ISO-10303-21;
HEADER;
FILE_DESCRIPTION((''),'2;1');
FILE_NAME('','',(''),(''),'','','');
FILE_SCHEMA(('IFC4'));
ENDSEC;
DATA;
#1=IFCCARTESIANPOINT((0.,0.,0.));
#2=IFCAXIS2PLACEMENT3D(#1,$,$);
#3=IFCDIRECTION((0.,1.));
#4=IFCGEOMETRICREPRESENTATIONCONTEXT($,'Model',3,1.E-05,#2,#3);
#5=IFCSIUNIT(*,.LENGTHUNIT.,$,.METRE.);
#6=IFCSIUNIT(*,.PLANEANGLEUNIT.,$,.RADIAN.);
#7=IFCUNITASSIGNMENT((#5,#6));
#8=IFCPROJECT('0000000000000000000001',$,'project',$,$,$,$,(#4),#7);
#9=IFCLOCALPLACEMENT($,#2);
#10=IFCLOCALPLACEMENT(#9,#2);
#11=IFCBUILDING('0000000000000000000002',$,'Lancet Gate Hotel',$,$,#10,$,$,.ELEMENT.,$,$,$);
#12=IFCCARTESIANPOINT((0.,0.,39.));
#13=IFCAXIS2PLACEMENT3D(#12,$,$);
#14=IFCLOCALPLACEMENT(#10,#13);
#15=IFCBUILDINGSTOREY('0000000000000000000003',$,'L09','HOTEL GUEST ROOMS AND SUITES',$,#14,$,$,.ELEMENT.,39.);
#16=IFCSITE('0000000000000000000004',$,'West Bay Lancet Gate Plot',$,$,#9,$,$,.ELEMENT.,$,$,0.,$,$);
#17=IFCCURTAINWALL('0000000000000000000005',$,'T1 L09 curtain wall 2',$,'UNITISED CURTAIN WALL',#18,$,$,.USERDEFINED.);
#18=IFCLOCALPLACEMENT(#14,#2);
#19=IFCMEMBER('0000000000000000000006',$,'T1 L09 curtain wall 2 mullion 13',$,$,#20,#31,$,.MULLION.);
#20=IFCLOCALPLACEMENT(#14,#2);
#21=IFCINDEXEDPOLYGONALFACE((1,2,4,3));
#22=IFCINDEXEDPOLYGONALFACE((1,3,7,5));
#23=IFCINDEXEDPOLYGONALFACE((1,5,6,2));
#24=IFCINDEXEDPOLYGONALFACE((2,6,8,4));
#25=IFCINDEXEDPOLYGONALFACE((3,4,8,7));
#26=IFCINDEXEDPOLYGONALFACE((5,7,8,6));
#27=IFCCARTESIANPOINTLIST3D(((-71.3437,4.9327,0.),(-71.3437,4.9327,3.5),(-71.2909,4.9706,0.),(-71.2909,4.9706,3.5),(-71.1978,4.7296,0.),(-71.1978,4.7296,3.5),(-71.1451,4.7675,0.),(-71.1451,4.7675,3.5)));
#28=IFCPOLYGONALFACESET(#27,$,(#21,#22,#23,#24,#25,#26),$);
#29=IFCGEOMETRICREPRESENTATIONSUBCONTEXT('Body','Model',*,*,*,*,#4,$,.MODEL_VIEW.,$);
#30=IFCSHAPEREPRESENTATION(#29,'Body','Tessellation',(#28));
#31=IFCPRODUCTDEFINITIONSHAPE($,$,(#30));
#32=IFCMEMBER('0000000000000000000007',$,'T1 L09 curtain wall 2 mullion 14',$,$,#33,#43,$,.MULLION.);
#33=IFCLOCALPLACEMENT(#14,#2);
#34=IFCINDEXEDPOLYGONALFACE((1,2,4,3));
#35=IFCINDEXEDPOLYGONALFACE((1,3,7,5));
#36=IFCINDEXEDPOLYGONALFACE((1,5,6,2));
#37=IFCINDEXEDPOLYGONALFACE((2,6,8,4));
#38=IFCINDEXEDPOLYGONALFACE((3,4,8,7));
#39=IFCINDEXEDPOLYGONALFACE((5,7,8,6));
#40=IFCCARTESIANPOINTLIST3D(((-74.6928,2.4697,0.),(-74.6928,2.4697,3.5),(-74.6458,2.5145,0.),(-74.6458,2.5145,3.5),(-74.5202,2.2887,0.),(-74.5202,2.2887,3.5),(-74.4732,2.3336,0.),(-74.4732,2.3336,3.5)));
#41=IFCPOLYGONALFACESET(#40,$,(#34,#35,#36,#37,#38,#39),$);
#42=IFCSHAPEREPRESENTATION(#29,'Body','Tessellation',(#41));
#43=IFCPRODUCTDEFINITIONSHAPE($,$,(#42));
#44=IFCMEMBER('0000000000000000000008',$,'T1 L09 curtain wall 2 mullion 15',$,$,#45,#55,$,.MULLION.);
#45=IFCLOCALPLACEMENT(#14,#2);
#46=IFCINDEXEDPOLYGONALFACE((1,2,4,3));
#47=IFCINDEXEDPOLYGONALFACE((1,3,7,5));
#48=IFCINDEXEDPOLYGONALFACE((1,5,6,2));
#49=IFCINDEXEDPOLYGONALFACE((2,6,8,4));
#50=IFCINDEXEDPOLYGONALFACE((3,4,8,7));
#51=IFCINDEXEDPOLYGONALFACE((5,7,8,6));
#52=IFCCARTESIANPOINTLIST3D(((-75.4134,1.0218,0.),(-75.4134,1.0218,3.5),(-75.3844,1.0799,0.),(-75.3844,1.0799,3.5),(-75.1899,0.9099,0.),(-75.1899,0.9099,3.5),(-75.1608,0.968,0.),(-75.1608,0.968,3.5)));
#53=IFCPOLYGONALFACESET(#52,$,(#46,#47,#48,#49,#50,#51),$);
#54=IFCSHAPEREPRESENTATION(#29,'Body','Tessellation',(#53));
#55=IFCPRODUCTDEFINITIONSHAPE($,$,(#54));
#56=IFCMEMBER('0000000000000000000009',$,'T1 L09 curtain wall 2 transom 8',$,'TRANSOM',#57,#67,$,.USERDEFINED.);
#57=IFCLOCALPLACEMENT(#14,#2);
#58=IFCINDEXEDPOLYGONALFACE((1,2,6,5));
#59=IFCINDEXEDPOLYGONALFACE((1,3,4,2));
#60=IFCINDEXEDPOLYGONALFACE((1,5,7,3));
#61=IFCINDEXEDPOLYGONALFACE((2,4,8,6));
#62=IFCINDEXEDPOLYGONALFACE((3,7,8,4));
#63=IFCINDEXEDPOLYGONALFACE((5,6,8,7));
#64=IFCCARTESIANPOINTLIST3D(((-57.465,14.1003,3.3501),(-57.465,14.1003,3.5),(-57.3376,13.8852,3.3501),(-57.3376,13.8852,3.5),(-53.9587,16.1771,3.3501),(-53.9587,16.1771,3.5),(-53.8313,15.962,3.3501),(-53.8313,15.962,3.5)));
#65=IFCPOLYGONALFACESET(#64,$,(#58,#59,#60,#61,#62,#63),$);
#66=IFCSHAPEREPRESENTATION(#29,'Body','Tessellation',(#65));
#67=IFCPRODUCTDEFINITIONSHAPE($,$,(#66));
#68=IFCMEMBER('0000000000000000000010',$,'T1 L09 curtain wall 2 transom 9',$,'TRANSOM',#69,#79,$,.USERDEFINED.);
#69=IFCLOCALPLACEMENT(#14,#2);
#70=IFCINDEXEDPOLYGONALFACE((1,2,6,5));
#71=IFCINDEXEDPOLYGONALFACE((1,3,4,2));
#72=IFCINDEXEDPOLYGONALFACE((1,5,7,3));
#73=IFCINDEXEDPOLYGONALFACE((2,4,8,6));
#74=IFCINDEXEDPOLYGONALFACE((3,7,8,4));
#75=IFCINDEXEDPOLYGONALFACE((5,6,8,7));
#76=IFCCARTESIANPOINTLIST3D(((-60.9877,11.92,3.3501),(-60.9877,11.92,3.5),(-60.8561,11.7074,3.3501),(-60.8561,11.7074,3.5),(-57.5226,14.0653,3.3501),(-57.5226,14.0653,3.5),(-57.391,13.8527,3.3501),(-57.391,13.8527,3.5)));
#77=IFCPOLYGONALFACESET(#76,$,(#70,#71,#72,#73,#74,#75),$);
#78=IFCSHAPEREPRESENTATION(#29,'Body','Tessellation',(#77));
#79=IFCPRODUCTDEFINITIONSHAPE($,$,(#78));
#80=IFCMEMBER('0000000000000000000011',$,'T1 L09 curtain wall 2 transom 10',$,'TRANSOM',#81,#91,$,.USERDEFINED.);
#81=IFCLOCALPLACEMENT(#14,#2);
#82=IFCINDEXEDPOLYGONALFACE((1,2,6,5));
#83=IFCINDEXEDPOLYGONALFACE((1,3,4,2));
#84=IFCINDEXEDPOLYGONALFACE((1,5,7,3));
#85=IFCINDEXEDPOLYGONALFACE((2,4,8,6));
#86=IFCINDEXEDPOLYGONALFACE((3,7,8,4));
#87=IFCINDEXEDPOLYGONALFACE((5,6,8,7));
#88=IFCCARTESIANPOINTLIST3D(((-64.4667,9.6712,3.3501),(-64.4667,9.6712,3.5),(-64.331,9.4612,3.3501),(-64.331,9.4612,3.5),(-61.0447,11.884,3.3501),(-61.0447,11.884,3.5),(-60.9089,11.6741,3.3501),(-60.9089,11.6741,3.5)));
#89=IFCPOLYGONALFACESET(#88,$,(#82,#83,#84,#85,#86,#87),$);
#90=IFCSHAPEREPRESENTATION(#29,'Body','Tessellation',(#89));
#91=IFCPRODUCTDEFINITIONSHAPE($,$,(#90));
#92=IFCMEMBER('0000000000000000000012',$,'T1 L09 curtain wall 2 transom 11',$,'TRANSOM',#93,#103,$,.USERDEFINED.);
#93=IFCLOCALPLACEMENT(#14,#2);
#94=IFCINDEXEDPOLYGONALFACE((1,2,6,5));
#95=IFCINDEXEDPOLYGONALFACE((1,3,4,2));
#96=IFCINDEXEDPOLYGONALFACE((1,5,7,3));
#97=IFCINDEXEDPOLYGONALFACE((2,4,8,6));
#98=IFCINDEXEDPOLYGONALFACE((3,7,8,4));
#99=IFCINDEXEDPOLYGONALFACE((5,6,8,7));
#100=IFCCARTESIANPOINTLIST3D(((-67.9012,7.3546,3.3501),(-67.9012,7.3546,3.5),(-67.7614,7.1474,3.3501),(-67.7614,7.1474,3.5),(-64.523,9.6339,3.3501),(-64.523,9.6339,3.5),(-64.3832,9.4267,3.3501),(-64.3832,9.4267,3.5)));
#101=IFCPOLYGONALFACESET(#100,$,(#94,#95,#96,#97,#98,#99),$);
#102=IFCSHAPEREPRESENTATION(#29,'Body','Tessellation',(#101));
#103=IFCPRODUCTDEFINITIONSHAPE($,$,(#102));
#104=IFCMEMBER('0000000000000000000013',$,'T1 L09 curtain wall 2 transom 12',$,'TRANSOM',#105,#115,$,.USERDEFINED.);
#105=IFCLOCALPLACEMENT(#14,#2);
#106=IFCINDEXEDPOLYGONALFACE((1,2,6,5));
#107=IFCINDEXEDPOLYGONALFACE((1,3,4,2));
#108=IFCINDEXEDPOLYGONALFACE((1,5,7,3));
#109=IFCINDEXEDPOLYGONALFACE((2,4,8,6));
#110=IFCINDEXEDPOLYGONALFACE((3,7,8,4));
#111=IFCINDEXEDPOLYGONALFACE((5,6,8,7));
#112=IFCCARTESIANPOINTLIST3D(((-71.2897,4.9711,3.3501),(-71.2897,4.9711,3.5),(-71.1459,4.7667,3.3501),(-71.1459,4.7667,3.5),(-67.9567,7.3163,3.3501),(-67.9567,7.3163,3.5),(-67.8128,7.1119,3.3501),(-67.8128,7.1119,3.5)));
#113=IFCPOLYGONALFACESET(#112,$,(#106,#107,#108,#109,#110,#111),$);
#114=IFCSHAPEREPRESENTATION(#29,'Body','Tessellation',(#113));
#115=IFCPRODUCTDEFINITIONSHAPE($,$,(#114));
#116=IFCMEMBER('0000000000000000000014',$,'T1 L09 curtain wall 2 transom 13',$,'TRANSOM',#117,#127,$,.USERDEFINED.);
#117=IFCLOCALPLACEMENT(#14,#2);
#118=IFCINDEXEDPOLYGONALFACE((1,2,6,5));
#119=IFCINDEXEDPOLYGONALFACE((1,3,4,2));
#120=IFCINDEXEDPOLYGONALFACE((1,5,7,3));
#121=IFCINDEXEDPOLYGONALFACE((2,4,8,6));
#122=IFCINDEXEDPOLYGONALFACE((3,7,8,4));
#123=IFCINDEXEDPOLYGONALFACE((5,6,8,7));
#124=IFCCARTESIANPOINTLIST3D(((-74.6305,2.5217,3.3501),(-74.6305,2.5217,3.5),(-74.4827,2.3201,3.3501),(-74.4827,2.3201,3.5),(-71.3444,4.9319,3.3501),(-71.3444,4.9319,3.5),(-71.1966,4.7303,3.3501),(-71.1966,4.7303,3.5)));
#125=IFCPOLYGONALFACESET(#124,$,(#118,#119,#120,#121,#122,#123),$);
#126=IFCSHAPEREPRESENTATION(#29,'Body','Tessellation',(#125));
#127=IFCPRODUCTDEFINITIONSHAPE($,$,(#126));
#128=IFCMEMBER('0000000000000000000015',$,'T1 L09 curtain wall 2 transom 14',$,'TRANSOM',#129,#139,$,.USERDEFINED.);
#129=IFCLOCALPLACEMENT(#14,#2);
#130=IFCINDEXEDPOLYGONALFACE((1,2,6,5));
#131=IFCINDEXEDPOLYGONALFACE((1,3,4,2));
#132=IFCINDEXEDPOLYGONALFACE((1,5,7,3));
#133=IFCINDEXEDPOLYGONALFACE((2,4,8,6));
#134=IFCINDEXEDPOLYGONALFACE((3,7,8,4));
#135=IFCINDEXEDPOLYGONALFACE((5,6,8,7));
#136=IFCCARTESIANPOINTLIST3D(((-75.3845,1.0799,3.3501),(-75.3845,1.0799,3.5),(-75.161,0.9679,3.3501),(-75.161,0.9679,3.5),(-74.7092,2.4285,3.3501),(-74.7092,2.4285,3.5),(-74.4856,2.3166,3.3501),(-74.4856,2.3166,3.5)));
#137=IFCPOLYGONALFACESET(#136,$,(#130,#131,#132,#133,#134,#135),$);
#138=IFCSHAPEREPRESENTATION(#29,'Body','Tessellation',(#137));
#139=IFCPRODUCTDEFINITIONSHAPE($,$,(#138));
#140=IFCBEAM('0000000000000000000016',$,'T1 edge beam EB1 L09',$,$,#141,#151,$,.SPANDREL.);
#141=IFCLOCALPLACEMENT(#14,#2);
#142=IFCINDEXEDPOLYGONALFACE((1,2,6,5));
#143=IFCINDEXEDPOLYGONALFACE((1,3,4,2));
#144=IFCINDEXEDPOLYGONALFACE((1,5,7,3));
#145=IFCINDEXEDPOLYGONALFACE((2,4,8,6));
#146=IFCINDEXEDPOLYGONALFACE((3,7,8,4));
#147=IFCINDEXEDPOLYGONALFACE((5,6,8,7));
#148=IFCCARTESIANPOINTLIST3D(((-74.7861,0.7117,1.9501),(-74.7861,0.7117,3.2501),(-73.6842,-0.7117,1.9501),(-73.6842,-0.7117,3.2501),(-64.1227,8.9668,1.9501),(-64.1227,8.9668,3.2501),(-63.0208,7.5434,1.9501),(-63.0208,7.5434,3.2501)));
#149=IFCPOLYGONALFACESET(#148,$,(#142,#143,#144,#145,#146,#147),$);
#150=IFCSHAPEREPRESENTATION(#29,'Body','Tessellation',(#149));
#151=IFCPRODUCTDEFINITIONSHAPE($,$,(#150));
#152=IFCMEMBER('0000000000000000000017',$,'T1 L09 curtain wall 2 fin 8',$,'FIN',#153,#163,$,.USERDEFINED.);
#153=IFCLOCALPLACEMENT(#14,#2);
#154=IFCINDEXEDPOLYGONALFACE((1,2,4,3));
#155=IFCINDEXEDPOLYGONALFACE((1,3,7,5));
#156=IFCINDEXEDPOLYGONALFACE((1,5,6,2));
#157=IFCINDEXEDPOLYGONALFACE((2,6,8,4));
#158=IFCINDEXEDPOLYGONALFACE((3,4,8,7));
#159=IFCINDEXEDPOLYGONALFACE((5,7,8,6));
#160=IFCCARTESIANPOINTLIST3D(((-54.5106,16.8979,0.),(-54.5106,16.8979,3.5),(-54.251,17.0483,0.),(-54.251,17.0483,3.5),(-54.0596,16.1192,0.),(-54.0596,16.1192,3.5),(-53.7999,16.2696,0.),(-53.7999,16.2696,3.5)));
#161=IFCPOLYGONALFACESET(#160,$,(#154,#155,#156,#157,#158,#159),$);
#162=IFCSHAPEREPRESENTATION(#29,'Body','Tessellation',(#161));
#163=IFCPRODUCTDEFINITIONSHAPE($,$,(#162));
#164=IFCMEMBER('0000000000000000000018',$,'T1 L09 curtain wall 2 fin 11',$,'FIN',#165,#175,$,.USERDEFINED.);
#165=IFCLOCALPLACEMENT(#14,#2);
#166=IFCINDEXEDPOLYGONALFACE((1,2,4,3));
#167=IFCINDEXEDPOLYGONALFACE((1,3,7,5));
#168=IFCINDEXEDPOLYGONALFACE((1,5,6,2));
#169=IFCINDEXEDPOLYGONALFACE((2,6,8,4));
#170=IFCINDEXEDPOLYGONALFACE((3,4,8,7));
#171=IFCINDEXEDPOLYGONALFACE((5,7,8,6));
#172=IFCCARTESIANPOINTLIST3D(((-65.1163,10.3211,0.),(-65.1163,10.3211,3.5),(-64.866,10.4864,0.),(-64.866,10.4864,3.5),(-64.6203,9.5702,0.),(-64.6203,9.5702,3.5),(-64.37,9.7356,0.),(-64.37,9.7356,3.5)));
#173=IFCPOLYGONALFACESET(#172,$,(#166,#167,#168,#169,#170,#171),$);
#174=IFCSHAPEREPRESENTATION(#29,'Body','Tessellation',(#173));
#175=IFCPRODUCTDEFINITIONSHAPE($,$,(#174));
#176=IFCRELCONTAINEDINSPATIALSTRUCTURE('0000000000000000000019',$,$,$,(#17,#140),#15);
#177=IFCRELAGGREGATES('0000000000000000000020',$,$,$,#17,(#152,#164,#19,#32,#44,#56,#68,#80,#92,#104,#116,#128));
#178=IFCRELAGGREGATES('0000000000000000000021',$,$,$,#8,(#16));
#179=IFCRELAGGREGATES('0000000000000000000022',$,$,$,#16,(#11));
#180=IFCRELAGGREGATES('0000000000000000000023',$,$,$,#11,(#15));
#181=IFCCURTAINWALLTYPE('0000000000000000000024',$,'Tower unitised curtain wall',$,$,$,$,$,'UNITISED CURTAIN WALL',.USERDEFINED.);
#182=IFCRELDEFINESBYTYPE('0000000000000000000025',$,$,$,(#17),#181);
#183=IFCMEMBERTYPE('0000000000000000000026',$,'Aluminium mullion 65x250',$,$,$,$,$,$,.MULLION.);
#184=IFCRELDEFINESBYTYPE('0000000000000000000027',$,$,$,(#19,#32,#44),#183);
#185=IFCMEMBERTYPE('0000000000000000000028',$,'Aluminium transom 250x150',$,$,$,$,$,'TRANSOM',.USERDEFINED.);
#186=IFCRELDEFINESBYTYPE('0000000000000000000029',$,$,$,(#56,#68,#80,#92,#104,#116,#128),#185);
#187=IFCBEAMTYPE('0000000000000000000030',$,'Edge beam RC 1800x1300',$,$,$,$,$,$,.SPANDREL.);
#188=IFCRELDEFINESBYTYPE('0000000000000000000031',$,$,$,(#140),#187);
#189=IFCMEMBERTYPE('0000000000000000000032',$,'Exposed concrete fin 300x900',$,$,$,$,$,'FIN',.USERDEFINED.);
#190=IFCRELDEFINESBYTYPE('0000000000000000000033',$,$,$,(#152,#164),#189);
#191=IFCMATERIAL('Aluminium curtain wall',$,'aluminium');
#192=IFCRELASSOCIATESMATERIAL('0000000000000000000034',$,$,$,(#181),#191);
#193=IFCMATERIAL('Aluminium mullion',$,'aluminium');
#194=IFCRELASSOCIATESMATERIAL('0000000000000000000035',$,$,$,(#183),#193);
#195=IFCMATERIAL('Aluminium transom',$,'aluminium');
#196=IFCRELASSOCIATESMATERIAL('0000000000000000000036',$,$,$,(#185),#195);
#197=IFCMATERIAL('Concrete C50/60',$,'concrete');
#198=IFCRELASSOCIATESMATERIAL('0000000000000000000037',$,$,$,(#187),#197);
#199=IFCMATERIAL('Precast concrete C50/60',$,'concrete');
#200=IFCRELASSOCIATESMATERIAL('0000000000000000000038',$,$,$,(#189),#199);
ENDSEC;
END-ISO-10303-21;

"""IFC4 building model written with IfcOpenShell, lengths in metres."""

from ifc_helpers import new_model, si_unit, direction, frame, origin, origin_2d, place, context, subcontext, project, spatial, rectangle, extrude, material, material_profile, profile_set, type_object, element, aggregate, save


model = new_model("IFC4")

# Units and contexts
model_context = context("Model", 3, precision=1e-05, world=origin(), true_north=direction((0.0, 1.0)))
body_context = subcontext(model_context, "Body", "Model", "MODEL_VIEW")
ifc_project = project(units=[si_unit("LENGTHUNIT", "METRE"), si_unit("PLANEANGLEUNIT", "RADIAN")], contexts=[model_context])

# Site, building, storey
site_placement = place(None, origin())
site = spatial("IfcSite", under=ifc_project, at=site_placement, Name="West Bay Lancet Gate Plot", CompositionType="ELEMENT", RefElevation=0.0)
building_placement = place(site_placement, origin())
building = spatial("IfcBuilding", under=site, at=building_placement, Name="Lancet Gate Hotel", CompositionType="ELEMENT")
storey_placement = place(building_placement, frame((0.0, 0.0, 39.0)))
storey = spatial("IfcBuildingStorey", under=building, at=storey_placement, Name="L09", Description="HOTEL GUEST ROOMS AND SUITES", CompositionType="ELEMENT", Elevation=39.0)

# Curtain wall, members
ifc_material_1 = material(Name="Aluminium curtain wall", Category="aluminium")
curtain_wall_type = type_object("IfcCurtainWallType", Name="Tower unitised curtain wall", ElementType="UNITISED CURTAIN WALL", PredefinedType="USERDEFINED", material=ifc_material_1)
curtain_wall_placement = place(storey_placement, origin())
curtain_wall = element("IfcCurtainWall", 1, at=curtain_wall_placement, inside=storey, type_object=curtain_wall_type, Name="T1 L09 curtain wall 2", ObjectType="UNITISED CURTAIN WALL", PredefinedType="USERDEFINED")
ifc_material_2 = material(Name="Aluminium mullion", Category="aluminium")
ifc_material_profile_1 = material_profile(ifc_material_2, rectangle(XDim=0.0649, YDim=0.25, at=origin_2d()), Name="MULLION 65x250")
ifc_profile_set_1 = profile_set([ifc_material_profile_1], Name="Aluminium mullion")
member_type_1 = type_object("IfcMemberType", Name="Aluminium mullion 65x250", PredefinedType="MULLION", material=ifc_profile_set_1)
member_1_placement = place(storey_placement, frame((-71.2444, 4.8501, 0.0), z_axis=(0.0, 0.0, 1.0), x_axis=(-0.812147, -0.583453, 0.0)))
member_1 = element("IfcMember", 2, at=member_1_placement, type_object=member_type_1, Name="T1 L09 curtain wall 2 mullion 13", PredefinedType="MULLION", context=body_context, shape_type="SweptSolid", body=[
    extrude(rectangle(XDim=0.0649, YDim=0.25, at=origin_2d()), origin(), (0.0, 0.0, 1.0), 3.5),
])
member_2_placement = place(storey_placement, frame((-74.583, 2.4016, 0.0), z_axis=(0.0, 0.0, 1.0), x_axis=(-0.723696, -0.690119, 0.0)))
member_2 = element("IfcMember", 3, at=member_2_placement, type_object=member_type_1, Name="T1 L09 curtain wall 2 mullion 14", PredefinedType="MULLION", context=body_context, shape_type="SweptSolid", body=[
    extrude(rectangle(XDim=0.0649, YDim=0.25, at=origin_2d()), origin(), (0.0, 0.0, 1.0), 3.5),
])
member_3_placement = place(storey_placement, frame((-75.2871, 0.9949, 0.0), z_axis=(0.0, 0.0, 1.0), x_axis=(-0.447628, -0.89422, 0.0)))
member_3 = element("IfcMember", 4, at=member_3_placement, type_object=member_type_1, Name="T1 L09 curtain wall 2 mullion 15", PredefinedType="MULLION", context=body_context, shape_type="SweptSolid", body=[
    extrude(rectangle(XDim=0.0649, YDim=0.25, at=origin_2d()), origin(), (0.0, 0.0, 1.0), 3.5),
])
ifc_material_3 = material(Name="Aluminium transom", Category="aluminium")
ifc_material_profile_2 = material_profile(ifc_material_3, rectangle(XDim=0.25, YDim=0.1499, at=origin_2d()), Name="TRANSOM 250x150")
ifc_profile_set_2 = profile_set([ifc_material_profile_2], Name="Aluminium transom")
member_type_2 = type_object("IfcMemberType", Name="Aluminium transom 250x150", ElementType="TRANSOM", PredefinedType="USERDEFINED", material=ifc_profile_set_2)
member_4_placement = place(storey_placement, frame((-53.895, 16.0696, 3.425), z_axis=(-0.860392, -0.509633, 0.0), x_axis=(0.509633, -0.860392, 0.0)))
member_4 = element("IfcMember", 5, at=member_4_placement, type_object=member_type_2, Name="T1 L09 curtain wall 2 transom 8", ObjectType="TRANSOM", PredefinedType="USERDEFINED", context=body_context, shape_type="SweptSolid", body=[
    extrude(rectangle(XDim=0.25, YDim=0.1499, at=origin_2d()), origin(), (0.0, 0.0, 1.0), 4.0752),
])
member_5_placement = place(storey_placement, frame((-57.4568, 13.959, 3.425), z_axis=(-0.850242, -0.526392, 0.0), x_axis=(0.526392, -0.850242, 0.0)))
member_5 = element("IfcMember", 6, at=member_5_placement, type_object=member_type_2, Name="T1 L09 curtain wall 2 transom 9", ObjectType="TRANSOM", PredefinedType="USERDEFINED", context=body_context, shape_type="SweptSolid", body=[
    extrude(rectangle(XDim=0.25, YDim=0.1499, at=origin_2d()), origin(), (0.0, 0.0, 1.0), 4.0754),
])
member_6_placement = place(storey_placement, frame((-60.9768, 11.7791, 3.425), z_axis=(-0.839729, -0.543005, 0.0), x_axis=(0.543005, -0.839729, 0.0)))
member_6 = element("IfcMember", 7, at=member_6_placement, type_object=member_type_2, Name="T1 L09 curtain wall 2 transom 10", ObjectType="TRANSOM", PredefinedType="USERDEFINED", context=body_context, shape_type="SweptSolid", body=[
    extrude(rectangle(XDim=0.25, YDim=0.1499, at=origin_2d()), origin(), (0.0, 0.0, 1.0), 4.0752),
])
member_7_placement = place(storey_placement, frame((-64.4531, 9.5303, 3.425), z_axis=(-0.828959, -0.559309, 0.0), x_axis=(0.559309, -0.828959, 0.0)))
member_7 = element("IfcMember", 8, at=member_7_placement, type_object=member_type_2, Name="T1 L09 curtain wall 2 transom 11", ObjectType="TRANSOM", PredefinedType="USERDEFINED", context=body_context, shape_type="SweptSolid", body=[
    extrude(rectangle(XDim=0.25, YDim=0.1499, at=origin_2d()), origin(), (0.0, 0.0, 1.0), 4.0752),
])
member_8_placement = place(storey_placement, frame((-67.8848, 7.2141, 3.425), z_axis=(-0.817834, -0.575455, 0.0), x_axis=(0.575455, -0.817834, 0.0)))
member_8 = element("IfcMember", 9, at=member_8_placement, type_object=member_type_2, Name="T1 L09 curtain wall 2 transom 12", ObjectType="TRANSOM", PredefinedType="USERDEFINED", context=body_context, shape_type="SweptSolid", body=[
    extrude(rectangle(XDim=0.25, YDim=0.1499, at=origin_2d()), origin(), (0.0, 0.0, 1.0), 4.0754),
])
member_9_placement = place(storey_placement, frame((-71.2705, 4.8311, 3.425), z_axis=(-0.806367, -0.591416, 0.0), x_axis=(0.591416, -0.806367, 0.0)))
member_9 = element("IfcMember", 10, at=member_9_placement, type_object=member_type_2, Name="T1 L09 curtain wall 2 transom 13", ObjectType="TRANSOM", PredefinedType="USERDEFINED", context=body_context, shape_type="SweptSolid", body=[
    extrude(rectangle(XDim=0.25, YDim=0.1499, at=origin_2d()), origin(), (0.0, 0.0, 1.0), 4.0752),
])
member_10_placement = place(storey_placement, frame((-74.5974, 2.3726, 3.425), z_axis=(-0.447732, -0.894168, 0.0), x_axis=(0.894168, -0.447732, 0.0)))
member_10 = element("IfcMember", 11, at=member_10_placement, type_object=member_type_2, Name="T1 L09 curtain wall 2 transom 14", ObjectType="TRANSOM", PredefinedType="USERDEFINED", context=body_context, shape_type="SweptSolid", body=[
    extrude(rectangle(XDim=0.25, YDim=0.1499, at=origin_2d()), origin(), (0.0, 0.0, 1.0), 1.5083),
])

# Beam
ifc_material_4 = material(Name="Concrete C50/60", Category="concrete")
ifc_material_profile_3 = material_profile(ifc_material_4, rectangle(XDim=1.8, YDim=1.3, at=origin_2d()), Name="RC 1800x1300")
ifc_profile_set_3 = profile_set([ifc_material_profile_3], Name="Concrete C50/60")
beam_type_1 = type_object("IfcBeamType", Name="Edge beam RC 1800x1300", PredefinedType="SPANDREL", material=ifc_profile_set_3)
beam_1_placement = place(storey_placement, frame((-63.5718, 8.2551, 2.6001), z_axis=(-0.790736, -0.612157, 0.0), x_axis=(0.612157, -0.790736, 0.0)))
element("IfcBeam", 12, at=beam_1_placement, inside=storey, type_object=beam_type_1, Name="T1 edge beam EB1 L09", PredefinedType="SPANDREL", context=body_context, shape_type="SweptSolid", body=[
    extrude(rectangle(XDim=1.8, YDim=1.3, at=origin_2d()), origin(), (0.0, 0.0, 1.0), 13.4854),
])

# Members
ifc_material_5 = material(Name="Precast concrete C50/60", Category="concrete")
ifc_material_profile_4 = material_profile(ifc_material_5, rectangle(XDim=0.3, YDim=0.8999, at=origin_2d()), Name="FIN 300x900")
ifc_profile_set_4 = profile_set([ifc_material_profile_4], Name="Precast concrete C50/60")
member_type_3 = type_object("IfcMemberType", Name="Exposed concrete fin 300x900", ElementType="FIN", PredefinedType="USERDEFINED", material=ifc_profile_set_4)
member_11_placement = place(storey_placement, frame((-54.1553, 16.5837, 0.0), z_axis=(0.0, 0.0, 1.0), x_axis=(-0.865335, -0.501194, 0.0)))
member_11 = element("IfcMember", 13, at=member_11_placement, type_object=member_type_3, Name="T1 L09 curtain wall 2 fin 8", ObjectType="FIN", PredefinedType="USERDEFINED", context=body_context, shape_type="SweptSolid", body=[
    extrude(rectangle(XDim=0.3, YDim=0.8999, at=origin_2d()), origin(), (0.0, 0.0, 1.0), 3.5),
])
member_12_placement = place(storey_placement, frame((-64.7432, 10.0283, 0.0), z_axis=(0.0, 0.0, 1.0), x_axis=(-0.834387, -0.551178, 0.0)))
member_12 = element("IfcMember", 14, at=member_12_placement, type_object=member_type_3, Name="T1 L09 curtain wall 2 fin 11", ObjectType="FIN", PredefinedType="USERDEFINED", context=body_context, shape_type="SweptSolid", body=[
    extrude(rectangle(XDim=0.3, YDim=0.8999, at=origin_2d()), origin(), (0.0, 0.0, 1.0), 3.5),
])

aggregate(curtain_wall, [member_11, member_12, member_1, member_2, member_3, member_4, member_5, member_6, member_7, member_8, member_9, member_10])

save(model, "model.ifc")
